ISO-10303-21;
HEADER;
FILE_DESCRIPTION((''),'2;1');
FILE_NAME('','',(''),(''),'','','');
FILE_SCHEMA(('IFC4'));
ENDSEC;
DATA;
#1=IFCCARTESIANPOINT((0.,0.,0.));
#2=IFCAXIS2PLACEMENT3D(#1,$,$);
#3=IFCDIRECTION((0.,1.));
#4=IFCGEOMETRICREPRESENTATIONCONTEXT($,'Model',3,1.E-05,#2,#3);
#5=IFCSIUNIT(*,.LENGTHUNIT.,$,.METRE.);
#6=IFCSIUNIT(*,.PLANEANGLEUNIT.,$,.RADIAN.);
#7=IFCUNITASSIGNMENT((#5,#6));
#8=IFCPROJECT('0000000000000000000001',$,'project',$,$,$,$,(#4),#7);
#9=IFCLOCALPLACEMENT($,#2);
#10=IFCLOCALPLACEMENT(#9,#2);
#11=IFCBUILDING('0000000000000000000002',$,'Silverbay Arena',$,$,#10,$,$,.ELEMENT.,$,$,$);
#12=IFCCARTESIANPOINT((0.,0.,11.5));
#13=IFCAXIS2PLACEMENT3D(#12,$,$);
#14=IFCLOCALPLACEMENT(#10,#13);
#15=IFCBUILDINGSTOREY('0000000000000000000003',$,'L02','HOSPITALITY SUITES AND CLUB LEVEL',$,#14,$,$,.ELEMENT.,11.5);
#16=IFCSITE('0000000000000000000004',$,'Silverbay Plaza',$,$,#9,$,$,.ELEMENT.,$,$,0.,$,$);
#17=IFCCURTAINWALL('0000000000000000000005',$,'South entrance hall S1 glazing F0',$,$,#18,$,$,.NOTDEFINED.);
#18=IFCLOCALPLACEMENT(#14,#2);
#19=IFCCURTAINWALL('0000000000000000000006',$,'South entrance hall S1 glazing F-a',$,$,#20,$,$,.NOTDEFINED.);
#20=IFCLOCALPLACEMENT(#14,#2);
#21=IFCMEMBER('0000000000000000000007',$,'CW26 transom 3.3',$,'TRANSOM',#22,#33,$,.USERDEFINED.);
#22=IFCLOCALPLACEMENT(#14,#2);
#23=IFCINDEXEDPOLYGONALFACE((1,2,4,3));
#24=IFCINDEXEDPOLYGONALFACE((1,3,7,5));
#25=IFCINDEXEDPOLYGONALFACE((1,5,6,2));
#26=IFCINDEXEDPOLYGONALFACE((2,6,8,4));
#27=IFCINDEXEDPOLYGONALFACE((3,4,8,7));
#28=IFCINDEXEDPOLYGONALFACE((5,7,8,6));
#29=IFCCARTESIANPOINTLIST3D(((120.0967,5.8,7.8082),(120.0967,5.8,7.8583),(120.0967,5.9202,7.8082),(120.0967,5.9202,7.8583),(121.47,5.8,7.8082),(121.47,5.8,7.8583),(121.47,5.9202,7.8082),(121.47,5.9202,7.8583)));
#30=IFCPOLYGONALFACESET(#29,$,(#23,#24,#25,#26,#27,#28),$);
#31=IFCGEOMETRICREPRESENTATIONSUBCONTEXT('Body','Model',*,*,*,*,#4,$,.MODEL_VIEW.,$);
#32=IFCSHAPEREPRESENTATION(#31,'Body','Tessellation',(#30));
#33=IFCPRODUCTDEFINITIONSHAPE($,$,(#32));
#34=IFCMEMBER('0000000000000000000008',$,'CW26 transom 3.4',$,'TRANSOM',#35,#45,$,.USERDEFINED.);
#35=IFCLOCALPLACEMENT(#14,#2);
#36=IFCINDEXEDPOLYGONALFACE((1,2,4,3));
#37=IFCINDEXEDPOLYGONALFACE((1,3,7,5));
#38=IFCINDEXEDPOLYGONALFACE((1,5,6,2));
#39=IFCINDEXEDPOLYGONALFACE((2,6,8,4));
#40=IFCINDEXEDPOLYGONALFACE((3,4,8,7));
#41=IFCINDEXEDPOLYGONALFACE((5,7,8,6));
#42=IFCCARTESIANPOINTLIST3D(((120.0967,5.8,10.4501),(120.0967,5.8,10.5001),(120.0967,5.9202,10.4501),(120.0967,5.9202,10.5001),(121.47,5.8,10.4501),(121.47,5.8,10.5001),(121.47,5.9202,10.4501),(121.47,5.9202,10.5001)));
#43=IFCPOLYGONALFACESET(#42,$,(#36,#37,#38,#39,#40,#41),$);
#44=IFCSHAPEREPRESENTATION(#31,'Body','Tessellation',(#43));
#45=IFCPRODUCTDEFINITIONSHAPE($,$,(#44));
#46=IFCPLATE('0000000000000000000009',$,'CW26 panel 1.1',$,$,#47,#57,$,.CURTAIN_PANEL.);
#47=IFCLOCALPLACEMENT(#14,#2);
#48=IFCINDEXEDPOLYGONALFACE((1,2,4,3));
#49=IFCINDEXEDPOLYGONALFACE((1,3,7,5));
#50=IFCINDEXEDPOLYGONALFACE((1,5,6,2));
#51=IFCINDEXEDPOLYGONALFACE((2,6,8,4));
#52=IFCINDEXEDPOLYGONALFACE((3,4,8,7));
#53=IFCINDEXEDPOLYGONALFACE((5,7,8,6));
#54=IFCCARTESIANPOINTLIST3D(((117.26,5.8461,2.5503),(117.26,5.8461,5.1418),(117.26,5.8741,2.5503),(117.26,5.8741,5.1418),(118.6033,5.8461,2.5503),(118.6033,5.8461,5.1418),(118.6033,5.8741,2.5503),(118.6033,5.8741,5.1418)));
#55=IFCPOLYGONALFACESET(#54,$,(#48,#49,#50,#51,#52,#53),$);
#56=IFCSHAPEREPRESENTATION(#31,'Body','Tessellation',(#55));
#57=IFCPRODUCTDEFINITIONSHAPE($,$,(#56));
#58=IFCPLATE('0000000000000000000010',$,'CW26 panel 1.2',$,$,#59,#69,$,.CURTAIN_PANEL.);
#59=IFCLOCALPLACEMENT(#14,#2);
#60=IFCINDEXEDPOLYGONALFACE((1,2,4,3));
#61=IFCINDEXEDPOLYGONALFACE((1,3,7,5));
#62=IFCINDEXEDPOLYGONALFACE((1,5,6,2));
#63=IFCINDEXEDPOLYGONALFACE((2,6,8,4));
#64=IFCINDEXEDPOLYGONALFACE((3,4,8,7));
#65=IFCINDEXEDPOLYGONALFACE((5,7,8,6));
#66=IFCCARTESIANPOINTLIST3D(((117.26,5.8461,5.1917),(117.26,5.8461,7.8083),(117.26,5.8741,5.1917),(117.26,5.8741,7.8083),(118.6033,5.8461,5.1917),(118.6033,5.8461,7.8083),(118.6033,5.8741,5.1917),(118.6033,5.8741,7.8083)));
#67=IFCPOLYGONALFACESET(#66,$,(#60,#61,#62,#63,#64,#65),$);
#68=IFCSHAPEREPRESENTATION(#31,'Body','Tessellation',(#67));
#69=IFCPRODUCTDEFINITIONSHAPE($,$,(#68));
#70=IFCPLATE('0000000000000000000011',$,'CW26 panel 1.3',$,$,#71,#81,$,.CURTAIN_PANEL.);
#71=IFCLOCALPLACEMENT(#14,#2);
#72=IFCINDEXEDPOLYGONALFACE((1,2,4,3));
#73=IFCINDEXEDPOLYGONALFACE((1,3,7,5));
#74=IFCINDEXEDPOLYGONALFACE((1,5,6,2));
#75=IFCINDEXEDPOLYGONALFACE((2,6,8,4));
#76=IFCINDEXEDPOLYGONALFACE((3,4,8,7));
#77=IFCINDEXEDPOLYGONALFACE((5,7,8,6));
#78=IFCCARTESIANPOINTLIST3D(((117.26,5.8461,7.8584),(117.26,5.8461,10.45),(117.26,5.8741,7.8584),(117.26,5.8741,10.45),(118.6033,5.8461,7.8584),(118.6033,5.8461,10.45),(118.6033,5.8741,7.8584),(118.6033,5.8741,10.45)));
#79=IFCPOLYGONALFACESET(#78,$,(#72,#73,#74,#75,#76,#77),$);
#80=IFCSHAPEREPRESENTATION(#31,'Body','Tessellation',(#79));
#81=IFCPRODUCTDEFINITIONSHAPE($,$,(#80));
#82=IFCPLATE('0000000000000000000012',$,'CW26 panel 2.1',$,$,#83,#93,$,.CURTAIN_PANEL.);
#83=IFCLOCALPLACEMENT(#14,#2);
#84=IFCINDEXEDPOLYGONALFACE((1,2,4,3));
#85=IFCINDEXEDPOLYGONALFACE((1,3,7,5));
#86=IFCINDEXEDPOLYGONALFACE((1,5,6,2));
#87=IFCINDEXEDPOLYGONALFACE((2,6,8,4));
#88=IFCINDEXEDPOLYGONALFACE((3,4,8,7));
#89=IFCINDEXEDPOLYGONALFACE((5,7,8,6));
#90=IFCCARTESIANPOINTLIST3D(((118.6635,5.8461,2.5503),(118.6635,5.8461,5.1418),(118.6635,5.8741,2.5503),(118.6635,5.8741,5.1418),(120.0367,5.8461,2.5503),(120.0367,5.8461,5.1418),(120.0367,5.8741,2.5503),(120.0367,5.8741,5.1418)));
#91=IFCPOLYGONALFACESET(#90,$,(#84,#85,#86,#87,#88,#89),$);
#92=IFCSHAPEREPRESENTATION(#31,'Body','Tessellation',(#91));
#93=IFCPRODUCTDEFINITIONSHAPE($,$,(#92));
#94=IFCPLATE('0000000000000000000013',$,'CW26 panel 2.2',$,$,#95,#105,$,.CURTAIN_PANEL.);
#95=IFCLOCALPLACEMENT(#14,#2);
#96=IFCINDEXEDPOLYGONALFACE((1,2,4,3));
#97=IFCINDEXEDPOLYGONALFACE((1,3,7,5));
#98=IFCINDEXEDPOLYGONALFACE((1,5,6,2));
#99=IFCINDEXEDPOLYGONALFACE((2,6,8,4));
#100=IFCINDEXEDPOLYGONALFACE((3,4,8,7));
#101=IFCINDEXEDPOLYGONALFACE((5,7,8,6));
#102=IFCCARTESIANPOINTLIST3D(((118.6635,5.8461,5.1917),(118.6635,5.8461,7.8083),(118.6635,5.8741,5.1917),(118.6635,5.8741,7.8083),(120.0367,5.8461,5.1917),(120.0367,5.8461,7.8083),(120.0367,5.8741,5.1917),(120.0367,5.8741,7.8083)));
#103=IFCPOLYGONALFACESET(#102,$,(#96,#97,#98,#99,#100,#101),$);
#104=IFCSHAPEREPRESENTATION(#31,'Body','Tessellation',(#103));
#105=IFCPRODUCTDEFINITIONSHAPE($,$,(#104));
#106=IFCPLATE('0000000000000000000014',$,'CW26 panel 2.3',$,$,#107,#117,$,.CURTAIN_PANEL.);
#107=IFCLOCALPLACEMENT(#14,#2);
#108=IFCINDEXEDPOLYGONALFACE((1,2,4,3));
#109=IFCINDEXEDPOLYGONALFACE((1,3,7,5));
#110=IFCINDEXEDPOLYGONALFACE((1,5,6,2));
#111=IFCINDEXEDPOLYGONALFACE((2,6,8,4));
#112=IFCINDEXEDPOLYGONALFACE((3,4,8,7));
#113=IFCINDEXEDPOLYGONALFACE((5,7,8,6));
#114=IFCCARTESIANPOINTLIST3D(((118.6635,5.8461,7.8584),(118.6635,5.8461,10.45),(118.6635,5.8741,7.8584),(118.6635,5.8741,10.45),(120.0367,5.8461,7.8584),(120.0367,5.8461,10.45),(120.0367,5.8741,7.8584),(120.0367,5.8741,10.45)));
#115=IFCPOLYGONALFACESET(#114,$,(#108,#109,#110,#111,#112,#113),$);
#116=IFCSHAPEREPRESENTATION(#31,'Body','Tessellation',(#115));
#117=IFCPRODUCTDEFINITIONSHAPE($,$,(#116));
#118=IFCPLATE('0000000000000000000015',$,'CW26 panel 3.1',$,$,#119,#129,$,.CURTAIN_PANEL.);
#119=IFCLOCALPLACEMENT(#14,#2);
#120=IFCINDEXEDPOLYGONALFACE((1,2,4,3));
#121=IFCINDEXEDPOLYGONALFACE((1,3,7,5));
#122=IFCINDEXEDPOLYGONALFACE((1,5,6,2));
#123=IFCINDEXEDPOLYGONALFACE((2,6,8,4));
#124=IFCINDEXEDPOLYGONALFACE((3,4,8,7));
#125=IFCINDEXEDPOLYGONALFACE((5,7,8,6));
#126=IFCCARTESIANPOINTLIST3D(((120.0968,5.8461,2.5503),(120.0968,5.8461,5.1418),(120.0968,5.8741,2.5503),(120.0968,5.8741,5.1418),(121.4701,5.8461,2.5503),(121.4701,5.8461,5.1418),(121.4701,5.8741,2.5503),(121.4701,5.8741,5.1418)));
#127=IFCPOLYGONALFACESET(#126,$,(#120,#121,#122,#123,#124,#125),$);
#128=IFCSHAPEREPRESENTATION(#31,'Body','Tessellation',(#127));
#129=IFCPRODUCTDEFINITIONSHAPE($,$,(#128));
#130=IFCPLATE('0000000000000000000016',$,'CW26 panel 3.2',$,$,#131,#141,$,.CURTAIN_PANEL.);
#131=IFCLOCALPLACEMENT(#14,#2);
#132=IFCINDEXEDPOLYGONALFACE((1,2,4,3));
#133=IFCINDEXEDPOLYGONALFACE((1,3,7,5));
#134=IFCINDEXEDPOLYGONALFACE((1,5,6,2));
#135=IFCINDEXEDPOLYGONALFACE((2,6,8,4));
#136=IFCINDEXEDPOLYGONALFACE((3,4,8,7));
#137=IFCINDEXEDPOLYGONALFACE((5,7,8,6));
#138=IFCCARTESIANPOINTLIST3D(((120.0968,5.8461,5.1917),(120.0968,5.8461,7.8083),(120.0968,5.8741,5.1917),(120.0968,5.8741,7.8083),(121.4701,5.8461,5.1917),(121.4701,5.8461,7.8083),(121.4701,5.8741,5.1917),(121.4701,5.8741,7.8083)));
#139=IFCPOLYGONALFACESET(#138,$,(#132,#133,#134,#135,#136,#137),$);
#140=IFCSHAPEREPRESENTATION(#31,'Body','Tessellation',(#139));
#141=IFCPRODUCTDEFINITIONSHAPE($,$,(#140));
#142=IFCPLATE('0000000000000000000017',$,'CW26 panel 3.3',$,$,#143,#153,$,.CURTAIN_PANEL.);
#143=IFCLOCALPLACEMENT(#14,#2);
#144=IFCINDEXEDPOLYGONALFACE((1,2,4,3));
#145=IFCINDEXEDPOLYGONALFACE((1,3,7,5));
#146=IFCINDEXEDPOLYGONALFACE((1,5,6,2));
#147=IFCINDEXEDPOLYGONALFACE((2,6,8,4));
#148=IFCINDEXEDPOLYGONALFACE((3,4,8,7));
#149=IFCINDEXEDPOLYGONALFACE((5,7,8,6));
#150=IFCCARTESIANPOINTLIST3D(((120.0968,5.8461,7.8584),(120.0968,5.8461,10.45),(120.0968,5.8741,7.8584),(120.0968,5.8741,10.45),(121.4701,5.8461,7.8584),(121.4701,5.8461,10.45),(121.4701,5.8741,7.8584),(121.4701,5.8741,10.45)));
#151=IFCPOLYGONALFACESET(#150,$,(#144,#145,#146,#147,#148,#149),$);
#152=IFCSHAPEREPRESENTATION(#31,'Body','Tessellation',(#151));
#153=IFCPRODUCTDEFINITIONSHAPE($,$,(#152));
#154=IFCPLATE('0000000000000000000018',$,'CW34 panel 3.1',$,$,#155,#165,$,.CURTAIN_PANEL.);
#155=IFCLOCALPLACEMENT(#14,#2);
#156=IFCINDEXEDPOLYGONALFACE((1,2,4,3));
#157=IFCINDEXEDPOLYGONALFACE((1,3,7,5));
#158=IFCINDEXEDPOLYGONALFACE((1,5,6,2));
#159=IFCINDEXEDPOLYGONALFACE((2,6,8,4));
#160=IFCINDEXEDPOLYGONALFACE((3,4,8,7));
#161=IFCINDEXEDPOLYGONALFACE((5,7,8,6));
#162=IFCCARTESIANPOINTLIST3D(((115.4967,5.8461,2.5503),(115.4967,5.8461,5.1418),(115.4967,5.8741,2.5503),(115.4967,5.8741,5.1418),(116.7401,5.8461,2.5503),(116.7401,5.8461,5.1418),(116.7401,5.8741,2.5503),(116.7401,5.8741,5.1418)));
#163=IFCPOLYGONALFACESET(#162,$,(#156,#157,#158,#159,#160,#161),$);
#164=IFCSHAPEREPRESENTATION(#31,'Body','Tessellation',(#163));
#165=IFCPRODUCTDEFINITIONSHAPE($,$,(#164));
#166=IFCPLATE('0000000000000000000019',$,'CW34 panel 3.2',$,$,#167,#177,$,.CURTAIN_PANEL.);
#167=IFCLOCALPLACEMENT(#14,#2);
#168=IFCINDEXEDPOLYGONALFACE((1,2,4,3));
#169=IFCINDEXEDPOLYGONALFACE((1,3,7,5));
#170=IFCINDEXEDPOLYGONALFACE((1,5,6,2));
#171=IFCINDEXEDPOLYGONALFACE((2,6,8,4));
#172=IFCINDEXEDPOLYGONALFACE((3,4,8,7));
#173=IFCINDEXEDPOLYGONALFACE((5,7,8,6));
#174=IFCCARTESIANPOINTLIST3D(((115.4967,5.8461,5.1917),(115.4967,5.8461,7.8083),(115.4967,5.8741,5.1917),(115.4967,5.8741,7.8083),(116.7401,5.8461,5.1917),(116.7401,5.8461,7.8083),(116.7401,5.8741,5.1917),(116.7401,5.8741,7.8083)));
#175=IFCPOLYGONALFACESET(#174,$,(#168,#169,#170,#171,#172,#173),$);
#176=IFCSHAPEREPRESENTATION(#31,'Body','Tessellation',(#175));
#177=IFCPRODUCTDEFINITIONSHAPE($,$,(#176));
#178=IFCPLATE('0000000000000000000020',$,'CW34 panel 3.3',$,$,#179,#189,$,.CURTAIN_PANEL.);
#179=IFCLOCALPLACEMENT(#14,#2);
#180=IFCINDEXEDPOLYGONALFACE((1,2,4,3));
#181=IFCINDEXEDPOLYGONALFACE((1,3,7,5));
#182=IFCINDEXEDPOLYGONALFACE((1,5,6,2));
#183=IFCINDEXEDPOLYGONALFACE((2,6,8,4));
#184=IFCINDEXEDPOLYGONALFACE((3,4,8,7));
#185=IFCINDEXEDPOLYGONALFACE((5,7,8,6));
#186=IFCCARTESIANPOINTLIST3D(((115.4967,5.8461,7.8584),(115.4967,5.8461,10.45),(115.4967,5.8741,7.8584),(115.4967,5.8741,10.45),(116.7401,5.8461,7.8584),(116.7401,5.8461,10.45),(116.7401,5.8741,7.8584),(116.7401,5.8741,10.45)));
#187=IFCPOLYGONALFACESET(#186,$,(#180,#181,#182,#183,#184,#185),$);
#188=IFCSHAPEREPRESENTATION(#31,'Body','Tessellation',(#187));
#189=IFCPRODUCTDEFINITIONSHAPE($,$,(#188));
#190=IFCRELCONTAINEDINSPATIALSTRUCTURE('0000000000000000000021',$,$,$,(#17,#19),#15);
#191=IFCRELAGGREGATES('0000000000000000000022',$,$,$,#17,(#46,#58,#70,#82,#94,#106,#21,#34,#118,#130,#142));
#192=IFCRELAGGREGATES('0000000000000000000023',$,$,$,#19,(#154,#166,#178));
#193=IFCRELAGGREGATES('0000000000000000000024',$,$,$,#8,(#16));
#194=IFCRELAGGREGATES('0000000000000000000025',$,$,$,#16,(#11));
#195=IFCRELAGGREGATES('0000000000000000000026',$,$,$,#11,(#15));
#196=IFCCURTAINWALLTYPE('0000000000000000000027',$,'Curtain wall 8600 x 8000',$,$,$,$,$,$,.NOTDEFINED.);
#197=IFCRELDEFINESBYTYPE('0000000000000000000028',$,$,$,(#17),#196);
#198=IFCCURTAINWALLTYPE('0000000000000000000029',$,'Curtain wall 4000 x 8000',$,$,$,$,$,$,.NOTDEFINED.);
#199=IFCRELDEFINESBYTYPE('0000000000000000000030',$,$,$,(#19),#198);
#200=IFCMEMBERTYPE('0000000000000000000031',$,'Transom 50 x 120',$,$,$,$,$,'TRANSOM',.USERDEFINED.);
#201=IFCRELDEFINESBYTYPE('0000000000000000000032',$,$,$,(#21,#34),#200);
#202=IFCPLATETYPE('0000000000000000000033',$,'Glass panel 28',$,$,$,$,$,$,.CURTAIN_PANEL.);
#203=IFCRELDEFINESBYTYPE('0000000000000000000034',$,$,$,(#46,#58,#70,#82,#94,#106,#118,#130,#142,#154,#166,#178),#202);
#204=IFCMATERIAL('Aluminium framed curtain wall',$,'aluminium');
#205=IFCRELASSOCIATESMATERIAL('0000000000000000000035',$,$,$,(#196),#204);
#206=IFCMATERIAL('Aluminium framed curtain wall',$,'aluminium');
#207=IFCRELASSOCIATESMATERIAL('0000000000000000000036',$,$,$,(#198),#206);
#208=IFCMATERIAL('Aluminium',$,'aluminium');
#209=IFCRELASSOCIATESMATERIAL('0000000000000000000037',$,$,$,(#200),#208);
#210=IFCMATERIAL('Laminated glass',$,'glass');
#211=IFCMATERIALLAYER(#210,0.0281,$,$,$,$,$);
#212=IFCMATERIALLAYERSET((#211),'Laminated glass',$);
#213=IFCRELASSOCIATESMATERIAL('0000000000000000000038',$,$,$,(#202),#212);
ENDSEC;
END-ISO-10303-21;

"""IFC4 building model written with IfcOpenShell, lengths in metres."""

from ifc_helpers import new_model, si_unit, direction, frame, origin, origin_2d, place, context, subcontext, project, spatial, rectangle, extrude, material, layer, layer_set, material_profile, profile_set, type_object, element, aggregate, save


model = new_model("IFC4")

# Units and contexts
model_context = context("Model", 3, precision=1e-05, world=origin(), true_north=direction((0.0, 1.0)))
body_context = subcontext(model_context, "Body", "Model", "MODEL_VIEW")
ifc_project = project(units=[si_unit("LENGTHUNIT", "METRE"), si_unit("PLANEANGLEUNIT", "RADIAN")], contexts=[model_context])

# Site, building, storey
site_placement = place(None, origin())
site = spatial("IfcSite", under=ifc_project, at=site_placement, Name="Silverbay Plaza", CompositionType="ELEMENT", RefElevation=0.0)
building_placement = place(site_placement, origin())
building = spatial("IfcBuilding", under=site, at=building_placement, Name="Silverbay Arena", CompositionType="ELEMENT")
storey_placement = place(building_placement, frame((0.0, 0.0, 11.5)))
storey = spatial("IfcBuildingStorey", under=building, at=storey_placement, Name="L02", Description="HOSPITALITY SUITES AND CLUB LEVEL", CompositionType="ELEMENT", Elevation=11.5)

# Curtain wall
ifc_material_1 = material(Name="Aluminium framed curtain wall", Category="aluminium")
curtain_wall_type_1 = type_object("IfcCurtainWallType", Name="Curtain wall 8600 x 8000", PredefinedType="NOTDEFINED", material=ifc_material_1)
curtain_wall_1_placement = place(storey_placement, origin())
curtain_wall_1 = element("IfcCurtainWall", 1, at=curtain_wall_1_placement, inside=storey, type_object=curtain_wall_type_1, Name="South entrance hall S1 glazing F0", PredefinedType="NOTDEFINED")

# Curtain wall
ifc_material_2 = material(Name="Aluminium framed curtain wall", Category="aluminium")
curtain_wall_type_2 = type_object("IfcCurtainWallType", Name="Curtain wall 4000 x 8000", PredefinedType="NOTDEFINED", material=ifc_material_2)
curtain_wall_2_placement = place(storey_placement, origin())
curtain_wall_2 = element("IfcCurtainWall", 2, at=curtain_wall_2_placement, inside=storey, type_object=curtain_wall_type_2, Name="South entrance hall S1 glazing F-a", PredefinedType="NOTDEFINED")

# Members
ifc_material_3 = material(Name="Aluminium", Category="aluminium")
ifc_material_profile_1 = material_profile(ifc_material_3, rectangle(XDim=0.1201, YDim=0.05, at=origin_2d()), Name="Transom 50 x 120")
ifc_profile_set_1 = profile_set([ifc_material_profile_1], Name="Aluminium")
member_type_1 = type_object("IfcMemberType", Name="Transom 50 x 120", ElementType="TRANSOM", PredefinedType="USERDEFINED", material=ifc_profile_set_1)
member_1_placement = place(storey_placement, frame((120.0967, 5.8601, 7.8333), z_axis=(1.0, 0.0, 0.0), x_axis=(0.0, 1.0, 0.0)))
member_1 = element("IfcMember", 3, at=member_1_placement, type_object=member_type_1, Name="CW26 transom 3.3", ObjectType="TRANSOM", PredefinedType="USERDEFINED", context=body_context, shape_type="SweptSolid", body=[
    extrude(rectangle(XDim=0.1201, YDim=0.05, at=origin_2d()), origin(), (0.0, 0.0, 1.0), 1.3733),
])
member_2_placement = place(storey_placement, frame((120.0967, 5.8601, 10.4751), z_axis=(1.0, 0.0, 0.0), x_axis=(0.0, 1.0, 0.0)))
member_2 = element("IfcMember", 4, at=member_2_placement, type_object=member_type_1, Name="CW26 transom 3.4", ObjectType="TRANSOM", PredefinedType="USERDEFINED", context=body_context, shape_type="SweptSolid", body=[
    extrude(rectangle(XDim=0.1201, YDim=0.05, at=origin_2d()), origin(), (0.0, 0.0, 1.0), 1.3733),
])

# Plates
ifc_material_4 = material(Name="Laminated glass", Category="glass")
ifc_layer = layer(ifc_material_4, 0.0281)
ifc_layer_set = layer_set([ifc_layer], Name="Laminated glass")
plate_type = type_object("IfcPlateType", Name="Glass panel 28", PredefinedType="CURTAIN_PANEL", material=ifc_layer_set)
plate_1_placement = place(storey_placement, frame((117.9316, 5.8601, 2.5503), z_axis=(0.0, 0.0, 1.0), x_axis=(1.0, 0.0, 0.0)))
plate_1 = element("IfcPlate", 5, at=plate_1_placement, type_object=plate_type, Name="CW26 panel 1.1", PredefinedType="CURTAIN_PANEL", context=body_context, shape_type="SweptSolid", body=[
    extrude(rectangle(XDim=1.3433, YDim=0.0281, at=origin_2d()), origin(), (0.0, 0.0, 1.0), 2.5916),
])
plate_2_placement = place(storey_placement, frame((117.9316, 5.8601, 5.1917), z_axis=(0.0, 0.0, 1.0), x_axis=(1.0, 0.0, 0.0)))
plate_2 = element("IfcPlate", 6, at=plate_2_placement, type_object=plate_type, Name="CW26 panel 1.2", PredefinedType="CURTAIN_PANEL", context=body_context, shape_type="SweptSolid", body=[
    extrude(rectangle(XDim=1.3433, YDim=0.0281, at=origin_2d()), origin(), (0.0, 0.0, 1.0), 2.6167),
])
plate_3_placement = place(storey_placement, frame((117.9316, 5.8601, 7.8584), z_axis=(0.0, 0.0, 1.0), x_axis=(1.0, 0.0, 0.0)))
plate_3 = element("IfcPlate", 7, at=plate_3_placement, type_object=plate_type, Name="CW26 panel 1.3", PredefinedType="CURTAIN_PANEL", context=body_context, shape_type="SweptSolid", body=[
    extrude(rectangle(XDim=1.3433, YDim=0.0281, at=origin_2d()), origin(), (0.0, 0.0, 1.0), 2.5916),
])
plate_4_placement = place(storey_placement, frame((119.3501, 5.8601, 2.5503), z_axis=(0.0, 0.0, 1.0), x_axis=(1.0, 0.0, 0.0)))
plate_4 = element("IfcPlate", 8, at=plate_4_placement, type_object=plate_type, Name="CW26 panel 2.1", PredefinedType="CURTAIN_PANEL", context=body_context, shape_type="SweptSolid", body=[
    extrude(rectangle(XDim=1.3733, YDim=0.0281, at=origin_2d()), origin(), (0.0, 0.0, 1.0), 2.5916),
])
plate_5_placement = place(storey_placement, frame((119.3501, 5.8601, 5.1917), z_axis=(0.0, 0.0, 1.0), x_axis=(1.0, 0.0, 0.0)))
plate_5 = element("IfcPlate", 9, at=plate_5_placement, type_object=plate_type, Name="CW26 panel 2.2", PredefinedType="CURTAIN_PANEL", context=body_context, shape_type="SweptSolid", body=[
    extrude(rectangle(XDim=1.3733, YDim=0.0281, at=origin_2d()), origin(), (0.0, 0.0, 1.0), 2.6167),
])
plate_6_placement = place(storey_placement, frame((119.3501, 5.8601, 7.8584), z_axis=(0.0, 0.0, 1.0), x_axis=(1.0, 0.0, 0.0)))
plate_6 = element("IfcPlate", 10, at=plate_6_placement, type_object=plate_type, Name="CW26 panel 2.3", PredefinedType="CURTAIN_PANEL", context=body_context, shape_type="SweptSolid", body=[
    extrude(rectangle(XDim=1.3733, YDim=0.0281, at=origin_2d()), origin(), (0.0, 0.0, 1.0), 2.5916),
])
plate_7_placement = place(storey_placement, frame((120.7834, 5.8601, 2.5503), z_axis=(0.0, 0.0, 1.0), x_axis=(1.0, 0.0, 0.0)))
plate_7 = element("IfcPlate", 11, at=plate_7_placement, type_object=plate_type, Name="CW26 panel 3.1", PredefinedType="CURTAIN_PANEL", context=body_context, shape_type="SweptSolid", body=[
    extrude(rectangle(XDim=1.3733, YDim=0.0281, at=origin_2d()), origin(), (0.0, 0.0, 1.0), 2.5916),
])
plate_8_placement = place(storey_placement, frame((120.7834, 5.8601, 5.1917), z_axis=(0.0, 0.0, 1.0), x_axis=(1.0, 0.0, 0.0)))
plate_8 = element("IfcPlate", 12, at=plate_8_placement, type_object=plate_type, Name="CW26 panel 3.2", PredefinedType="CURTAIN_PANEL", context=body_context, shape_type="SweptSolid", body=[
    extrude(rectangle(XDim=1.3733, YDim=0.0281, at=origin_2d()), origin(), (0.0, 0.0, 1.0), 2.6167),
])
plate_9_placement = place(storey_placement, frame((120.7834, 5.8601, 7.8584), z_axis=(0.0, 0.0, 1.0), x_axis=(1.0, 0.0, 0.0)))
plate_9 = element("IfcPlate", 13, at=plate_9_placement, type_object=plate_type, Name="CW26 panel 3.3", PredefinedType="CURTAIN_PANEL", context=body_context, shape_type="SweptSolid", body=[
    extrude(rectangle(XDim=1.3733, YDim=0.0281, at=origin_2d()), origin(), (0.0, 0.0, 1.0), 2.5916),
])
aggregate(curtain_wall_1, [plate_1, plate_2, plate_3, plate_4, plate_5, plate_6, member_1, member_2, plate_7, plate_8, plate_9])
plate_10_placement = place(storey_placement, frame((116.1184, 5.8601, 2.5503), z_axis=(0.0, 0.0, 1.0), x_axis=(1.0, 0.0, 0.0)))
plate_10 = element("IfcPlate", 14, at=plate_10_placement, type_object=plate_type, Name="CW34 panel 3.1", PredefinedType="CURTAIN_PANEL", context=body_context, shape_type="SweptSolid", body=[
    extrude(rectangle(XDim=1.2434, YDim=0.0281, at=origin_2d()), origin(), (0.0, 0.0, 1.0), 2.5916),
])
plate_11_placement = place(storey_placement, frame((116.1184, 5.8601, 5.1917), z_axis=(0.0, 0.0, 1.0), x_axis=(1.0, 0.0, 0.0)))
plate_11 = element("IfcPlate", 15, at=plate_11_placement, type_object=plate_type, Name="CW34 panel 3.2", PredefinedType="CURTAIN_PANEL", context=body_context, shape_type="SweptSolid", body=[
    extrude(rectangle(XDim=1.2434, YDim=0.0281, at=origin_2d()), origin(), (0.0, 0.0, 1.0), 2.6167),
])
plate_12_placement = place(storey_placement, frame((116.1184, 5.8601, 7.8584), z_axis=(0.0, 0.0, 1.0), x_axis=(1.0, 0.0, 0.0)))
plate_12 = element("IfcPlate", 16, at=plate_12_placement, type_object=plate_type, Name="CW34 panel 3.3", PredefinedType="CURTAIN_PANEL", context=body_context, shape_type="SweptSolid", body=[
    extrude(rectangle(XDim=1.2434, YDim=0.0281, at=origin_2d()), origin(), (0.0, 0.0, 1.0), 2.5916),
])
aggregate(curtain_wall_2, [plate_10, plate_11, plate_12])

save(model, "model.ifc")
